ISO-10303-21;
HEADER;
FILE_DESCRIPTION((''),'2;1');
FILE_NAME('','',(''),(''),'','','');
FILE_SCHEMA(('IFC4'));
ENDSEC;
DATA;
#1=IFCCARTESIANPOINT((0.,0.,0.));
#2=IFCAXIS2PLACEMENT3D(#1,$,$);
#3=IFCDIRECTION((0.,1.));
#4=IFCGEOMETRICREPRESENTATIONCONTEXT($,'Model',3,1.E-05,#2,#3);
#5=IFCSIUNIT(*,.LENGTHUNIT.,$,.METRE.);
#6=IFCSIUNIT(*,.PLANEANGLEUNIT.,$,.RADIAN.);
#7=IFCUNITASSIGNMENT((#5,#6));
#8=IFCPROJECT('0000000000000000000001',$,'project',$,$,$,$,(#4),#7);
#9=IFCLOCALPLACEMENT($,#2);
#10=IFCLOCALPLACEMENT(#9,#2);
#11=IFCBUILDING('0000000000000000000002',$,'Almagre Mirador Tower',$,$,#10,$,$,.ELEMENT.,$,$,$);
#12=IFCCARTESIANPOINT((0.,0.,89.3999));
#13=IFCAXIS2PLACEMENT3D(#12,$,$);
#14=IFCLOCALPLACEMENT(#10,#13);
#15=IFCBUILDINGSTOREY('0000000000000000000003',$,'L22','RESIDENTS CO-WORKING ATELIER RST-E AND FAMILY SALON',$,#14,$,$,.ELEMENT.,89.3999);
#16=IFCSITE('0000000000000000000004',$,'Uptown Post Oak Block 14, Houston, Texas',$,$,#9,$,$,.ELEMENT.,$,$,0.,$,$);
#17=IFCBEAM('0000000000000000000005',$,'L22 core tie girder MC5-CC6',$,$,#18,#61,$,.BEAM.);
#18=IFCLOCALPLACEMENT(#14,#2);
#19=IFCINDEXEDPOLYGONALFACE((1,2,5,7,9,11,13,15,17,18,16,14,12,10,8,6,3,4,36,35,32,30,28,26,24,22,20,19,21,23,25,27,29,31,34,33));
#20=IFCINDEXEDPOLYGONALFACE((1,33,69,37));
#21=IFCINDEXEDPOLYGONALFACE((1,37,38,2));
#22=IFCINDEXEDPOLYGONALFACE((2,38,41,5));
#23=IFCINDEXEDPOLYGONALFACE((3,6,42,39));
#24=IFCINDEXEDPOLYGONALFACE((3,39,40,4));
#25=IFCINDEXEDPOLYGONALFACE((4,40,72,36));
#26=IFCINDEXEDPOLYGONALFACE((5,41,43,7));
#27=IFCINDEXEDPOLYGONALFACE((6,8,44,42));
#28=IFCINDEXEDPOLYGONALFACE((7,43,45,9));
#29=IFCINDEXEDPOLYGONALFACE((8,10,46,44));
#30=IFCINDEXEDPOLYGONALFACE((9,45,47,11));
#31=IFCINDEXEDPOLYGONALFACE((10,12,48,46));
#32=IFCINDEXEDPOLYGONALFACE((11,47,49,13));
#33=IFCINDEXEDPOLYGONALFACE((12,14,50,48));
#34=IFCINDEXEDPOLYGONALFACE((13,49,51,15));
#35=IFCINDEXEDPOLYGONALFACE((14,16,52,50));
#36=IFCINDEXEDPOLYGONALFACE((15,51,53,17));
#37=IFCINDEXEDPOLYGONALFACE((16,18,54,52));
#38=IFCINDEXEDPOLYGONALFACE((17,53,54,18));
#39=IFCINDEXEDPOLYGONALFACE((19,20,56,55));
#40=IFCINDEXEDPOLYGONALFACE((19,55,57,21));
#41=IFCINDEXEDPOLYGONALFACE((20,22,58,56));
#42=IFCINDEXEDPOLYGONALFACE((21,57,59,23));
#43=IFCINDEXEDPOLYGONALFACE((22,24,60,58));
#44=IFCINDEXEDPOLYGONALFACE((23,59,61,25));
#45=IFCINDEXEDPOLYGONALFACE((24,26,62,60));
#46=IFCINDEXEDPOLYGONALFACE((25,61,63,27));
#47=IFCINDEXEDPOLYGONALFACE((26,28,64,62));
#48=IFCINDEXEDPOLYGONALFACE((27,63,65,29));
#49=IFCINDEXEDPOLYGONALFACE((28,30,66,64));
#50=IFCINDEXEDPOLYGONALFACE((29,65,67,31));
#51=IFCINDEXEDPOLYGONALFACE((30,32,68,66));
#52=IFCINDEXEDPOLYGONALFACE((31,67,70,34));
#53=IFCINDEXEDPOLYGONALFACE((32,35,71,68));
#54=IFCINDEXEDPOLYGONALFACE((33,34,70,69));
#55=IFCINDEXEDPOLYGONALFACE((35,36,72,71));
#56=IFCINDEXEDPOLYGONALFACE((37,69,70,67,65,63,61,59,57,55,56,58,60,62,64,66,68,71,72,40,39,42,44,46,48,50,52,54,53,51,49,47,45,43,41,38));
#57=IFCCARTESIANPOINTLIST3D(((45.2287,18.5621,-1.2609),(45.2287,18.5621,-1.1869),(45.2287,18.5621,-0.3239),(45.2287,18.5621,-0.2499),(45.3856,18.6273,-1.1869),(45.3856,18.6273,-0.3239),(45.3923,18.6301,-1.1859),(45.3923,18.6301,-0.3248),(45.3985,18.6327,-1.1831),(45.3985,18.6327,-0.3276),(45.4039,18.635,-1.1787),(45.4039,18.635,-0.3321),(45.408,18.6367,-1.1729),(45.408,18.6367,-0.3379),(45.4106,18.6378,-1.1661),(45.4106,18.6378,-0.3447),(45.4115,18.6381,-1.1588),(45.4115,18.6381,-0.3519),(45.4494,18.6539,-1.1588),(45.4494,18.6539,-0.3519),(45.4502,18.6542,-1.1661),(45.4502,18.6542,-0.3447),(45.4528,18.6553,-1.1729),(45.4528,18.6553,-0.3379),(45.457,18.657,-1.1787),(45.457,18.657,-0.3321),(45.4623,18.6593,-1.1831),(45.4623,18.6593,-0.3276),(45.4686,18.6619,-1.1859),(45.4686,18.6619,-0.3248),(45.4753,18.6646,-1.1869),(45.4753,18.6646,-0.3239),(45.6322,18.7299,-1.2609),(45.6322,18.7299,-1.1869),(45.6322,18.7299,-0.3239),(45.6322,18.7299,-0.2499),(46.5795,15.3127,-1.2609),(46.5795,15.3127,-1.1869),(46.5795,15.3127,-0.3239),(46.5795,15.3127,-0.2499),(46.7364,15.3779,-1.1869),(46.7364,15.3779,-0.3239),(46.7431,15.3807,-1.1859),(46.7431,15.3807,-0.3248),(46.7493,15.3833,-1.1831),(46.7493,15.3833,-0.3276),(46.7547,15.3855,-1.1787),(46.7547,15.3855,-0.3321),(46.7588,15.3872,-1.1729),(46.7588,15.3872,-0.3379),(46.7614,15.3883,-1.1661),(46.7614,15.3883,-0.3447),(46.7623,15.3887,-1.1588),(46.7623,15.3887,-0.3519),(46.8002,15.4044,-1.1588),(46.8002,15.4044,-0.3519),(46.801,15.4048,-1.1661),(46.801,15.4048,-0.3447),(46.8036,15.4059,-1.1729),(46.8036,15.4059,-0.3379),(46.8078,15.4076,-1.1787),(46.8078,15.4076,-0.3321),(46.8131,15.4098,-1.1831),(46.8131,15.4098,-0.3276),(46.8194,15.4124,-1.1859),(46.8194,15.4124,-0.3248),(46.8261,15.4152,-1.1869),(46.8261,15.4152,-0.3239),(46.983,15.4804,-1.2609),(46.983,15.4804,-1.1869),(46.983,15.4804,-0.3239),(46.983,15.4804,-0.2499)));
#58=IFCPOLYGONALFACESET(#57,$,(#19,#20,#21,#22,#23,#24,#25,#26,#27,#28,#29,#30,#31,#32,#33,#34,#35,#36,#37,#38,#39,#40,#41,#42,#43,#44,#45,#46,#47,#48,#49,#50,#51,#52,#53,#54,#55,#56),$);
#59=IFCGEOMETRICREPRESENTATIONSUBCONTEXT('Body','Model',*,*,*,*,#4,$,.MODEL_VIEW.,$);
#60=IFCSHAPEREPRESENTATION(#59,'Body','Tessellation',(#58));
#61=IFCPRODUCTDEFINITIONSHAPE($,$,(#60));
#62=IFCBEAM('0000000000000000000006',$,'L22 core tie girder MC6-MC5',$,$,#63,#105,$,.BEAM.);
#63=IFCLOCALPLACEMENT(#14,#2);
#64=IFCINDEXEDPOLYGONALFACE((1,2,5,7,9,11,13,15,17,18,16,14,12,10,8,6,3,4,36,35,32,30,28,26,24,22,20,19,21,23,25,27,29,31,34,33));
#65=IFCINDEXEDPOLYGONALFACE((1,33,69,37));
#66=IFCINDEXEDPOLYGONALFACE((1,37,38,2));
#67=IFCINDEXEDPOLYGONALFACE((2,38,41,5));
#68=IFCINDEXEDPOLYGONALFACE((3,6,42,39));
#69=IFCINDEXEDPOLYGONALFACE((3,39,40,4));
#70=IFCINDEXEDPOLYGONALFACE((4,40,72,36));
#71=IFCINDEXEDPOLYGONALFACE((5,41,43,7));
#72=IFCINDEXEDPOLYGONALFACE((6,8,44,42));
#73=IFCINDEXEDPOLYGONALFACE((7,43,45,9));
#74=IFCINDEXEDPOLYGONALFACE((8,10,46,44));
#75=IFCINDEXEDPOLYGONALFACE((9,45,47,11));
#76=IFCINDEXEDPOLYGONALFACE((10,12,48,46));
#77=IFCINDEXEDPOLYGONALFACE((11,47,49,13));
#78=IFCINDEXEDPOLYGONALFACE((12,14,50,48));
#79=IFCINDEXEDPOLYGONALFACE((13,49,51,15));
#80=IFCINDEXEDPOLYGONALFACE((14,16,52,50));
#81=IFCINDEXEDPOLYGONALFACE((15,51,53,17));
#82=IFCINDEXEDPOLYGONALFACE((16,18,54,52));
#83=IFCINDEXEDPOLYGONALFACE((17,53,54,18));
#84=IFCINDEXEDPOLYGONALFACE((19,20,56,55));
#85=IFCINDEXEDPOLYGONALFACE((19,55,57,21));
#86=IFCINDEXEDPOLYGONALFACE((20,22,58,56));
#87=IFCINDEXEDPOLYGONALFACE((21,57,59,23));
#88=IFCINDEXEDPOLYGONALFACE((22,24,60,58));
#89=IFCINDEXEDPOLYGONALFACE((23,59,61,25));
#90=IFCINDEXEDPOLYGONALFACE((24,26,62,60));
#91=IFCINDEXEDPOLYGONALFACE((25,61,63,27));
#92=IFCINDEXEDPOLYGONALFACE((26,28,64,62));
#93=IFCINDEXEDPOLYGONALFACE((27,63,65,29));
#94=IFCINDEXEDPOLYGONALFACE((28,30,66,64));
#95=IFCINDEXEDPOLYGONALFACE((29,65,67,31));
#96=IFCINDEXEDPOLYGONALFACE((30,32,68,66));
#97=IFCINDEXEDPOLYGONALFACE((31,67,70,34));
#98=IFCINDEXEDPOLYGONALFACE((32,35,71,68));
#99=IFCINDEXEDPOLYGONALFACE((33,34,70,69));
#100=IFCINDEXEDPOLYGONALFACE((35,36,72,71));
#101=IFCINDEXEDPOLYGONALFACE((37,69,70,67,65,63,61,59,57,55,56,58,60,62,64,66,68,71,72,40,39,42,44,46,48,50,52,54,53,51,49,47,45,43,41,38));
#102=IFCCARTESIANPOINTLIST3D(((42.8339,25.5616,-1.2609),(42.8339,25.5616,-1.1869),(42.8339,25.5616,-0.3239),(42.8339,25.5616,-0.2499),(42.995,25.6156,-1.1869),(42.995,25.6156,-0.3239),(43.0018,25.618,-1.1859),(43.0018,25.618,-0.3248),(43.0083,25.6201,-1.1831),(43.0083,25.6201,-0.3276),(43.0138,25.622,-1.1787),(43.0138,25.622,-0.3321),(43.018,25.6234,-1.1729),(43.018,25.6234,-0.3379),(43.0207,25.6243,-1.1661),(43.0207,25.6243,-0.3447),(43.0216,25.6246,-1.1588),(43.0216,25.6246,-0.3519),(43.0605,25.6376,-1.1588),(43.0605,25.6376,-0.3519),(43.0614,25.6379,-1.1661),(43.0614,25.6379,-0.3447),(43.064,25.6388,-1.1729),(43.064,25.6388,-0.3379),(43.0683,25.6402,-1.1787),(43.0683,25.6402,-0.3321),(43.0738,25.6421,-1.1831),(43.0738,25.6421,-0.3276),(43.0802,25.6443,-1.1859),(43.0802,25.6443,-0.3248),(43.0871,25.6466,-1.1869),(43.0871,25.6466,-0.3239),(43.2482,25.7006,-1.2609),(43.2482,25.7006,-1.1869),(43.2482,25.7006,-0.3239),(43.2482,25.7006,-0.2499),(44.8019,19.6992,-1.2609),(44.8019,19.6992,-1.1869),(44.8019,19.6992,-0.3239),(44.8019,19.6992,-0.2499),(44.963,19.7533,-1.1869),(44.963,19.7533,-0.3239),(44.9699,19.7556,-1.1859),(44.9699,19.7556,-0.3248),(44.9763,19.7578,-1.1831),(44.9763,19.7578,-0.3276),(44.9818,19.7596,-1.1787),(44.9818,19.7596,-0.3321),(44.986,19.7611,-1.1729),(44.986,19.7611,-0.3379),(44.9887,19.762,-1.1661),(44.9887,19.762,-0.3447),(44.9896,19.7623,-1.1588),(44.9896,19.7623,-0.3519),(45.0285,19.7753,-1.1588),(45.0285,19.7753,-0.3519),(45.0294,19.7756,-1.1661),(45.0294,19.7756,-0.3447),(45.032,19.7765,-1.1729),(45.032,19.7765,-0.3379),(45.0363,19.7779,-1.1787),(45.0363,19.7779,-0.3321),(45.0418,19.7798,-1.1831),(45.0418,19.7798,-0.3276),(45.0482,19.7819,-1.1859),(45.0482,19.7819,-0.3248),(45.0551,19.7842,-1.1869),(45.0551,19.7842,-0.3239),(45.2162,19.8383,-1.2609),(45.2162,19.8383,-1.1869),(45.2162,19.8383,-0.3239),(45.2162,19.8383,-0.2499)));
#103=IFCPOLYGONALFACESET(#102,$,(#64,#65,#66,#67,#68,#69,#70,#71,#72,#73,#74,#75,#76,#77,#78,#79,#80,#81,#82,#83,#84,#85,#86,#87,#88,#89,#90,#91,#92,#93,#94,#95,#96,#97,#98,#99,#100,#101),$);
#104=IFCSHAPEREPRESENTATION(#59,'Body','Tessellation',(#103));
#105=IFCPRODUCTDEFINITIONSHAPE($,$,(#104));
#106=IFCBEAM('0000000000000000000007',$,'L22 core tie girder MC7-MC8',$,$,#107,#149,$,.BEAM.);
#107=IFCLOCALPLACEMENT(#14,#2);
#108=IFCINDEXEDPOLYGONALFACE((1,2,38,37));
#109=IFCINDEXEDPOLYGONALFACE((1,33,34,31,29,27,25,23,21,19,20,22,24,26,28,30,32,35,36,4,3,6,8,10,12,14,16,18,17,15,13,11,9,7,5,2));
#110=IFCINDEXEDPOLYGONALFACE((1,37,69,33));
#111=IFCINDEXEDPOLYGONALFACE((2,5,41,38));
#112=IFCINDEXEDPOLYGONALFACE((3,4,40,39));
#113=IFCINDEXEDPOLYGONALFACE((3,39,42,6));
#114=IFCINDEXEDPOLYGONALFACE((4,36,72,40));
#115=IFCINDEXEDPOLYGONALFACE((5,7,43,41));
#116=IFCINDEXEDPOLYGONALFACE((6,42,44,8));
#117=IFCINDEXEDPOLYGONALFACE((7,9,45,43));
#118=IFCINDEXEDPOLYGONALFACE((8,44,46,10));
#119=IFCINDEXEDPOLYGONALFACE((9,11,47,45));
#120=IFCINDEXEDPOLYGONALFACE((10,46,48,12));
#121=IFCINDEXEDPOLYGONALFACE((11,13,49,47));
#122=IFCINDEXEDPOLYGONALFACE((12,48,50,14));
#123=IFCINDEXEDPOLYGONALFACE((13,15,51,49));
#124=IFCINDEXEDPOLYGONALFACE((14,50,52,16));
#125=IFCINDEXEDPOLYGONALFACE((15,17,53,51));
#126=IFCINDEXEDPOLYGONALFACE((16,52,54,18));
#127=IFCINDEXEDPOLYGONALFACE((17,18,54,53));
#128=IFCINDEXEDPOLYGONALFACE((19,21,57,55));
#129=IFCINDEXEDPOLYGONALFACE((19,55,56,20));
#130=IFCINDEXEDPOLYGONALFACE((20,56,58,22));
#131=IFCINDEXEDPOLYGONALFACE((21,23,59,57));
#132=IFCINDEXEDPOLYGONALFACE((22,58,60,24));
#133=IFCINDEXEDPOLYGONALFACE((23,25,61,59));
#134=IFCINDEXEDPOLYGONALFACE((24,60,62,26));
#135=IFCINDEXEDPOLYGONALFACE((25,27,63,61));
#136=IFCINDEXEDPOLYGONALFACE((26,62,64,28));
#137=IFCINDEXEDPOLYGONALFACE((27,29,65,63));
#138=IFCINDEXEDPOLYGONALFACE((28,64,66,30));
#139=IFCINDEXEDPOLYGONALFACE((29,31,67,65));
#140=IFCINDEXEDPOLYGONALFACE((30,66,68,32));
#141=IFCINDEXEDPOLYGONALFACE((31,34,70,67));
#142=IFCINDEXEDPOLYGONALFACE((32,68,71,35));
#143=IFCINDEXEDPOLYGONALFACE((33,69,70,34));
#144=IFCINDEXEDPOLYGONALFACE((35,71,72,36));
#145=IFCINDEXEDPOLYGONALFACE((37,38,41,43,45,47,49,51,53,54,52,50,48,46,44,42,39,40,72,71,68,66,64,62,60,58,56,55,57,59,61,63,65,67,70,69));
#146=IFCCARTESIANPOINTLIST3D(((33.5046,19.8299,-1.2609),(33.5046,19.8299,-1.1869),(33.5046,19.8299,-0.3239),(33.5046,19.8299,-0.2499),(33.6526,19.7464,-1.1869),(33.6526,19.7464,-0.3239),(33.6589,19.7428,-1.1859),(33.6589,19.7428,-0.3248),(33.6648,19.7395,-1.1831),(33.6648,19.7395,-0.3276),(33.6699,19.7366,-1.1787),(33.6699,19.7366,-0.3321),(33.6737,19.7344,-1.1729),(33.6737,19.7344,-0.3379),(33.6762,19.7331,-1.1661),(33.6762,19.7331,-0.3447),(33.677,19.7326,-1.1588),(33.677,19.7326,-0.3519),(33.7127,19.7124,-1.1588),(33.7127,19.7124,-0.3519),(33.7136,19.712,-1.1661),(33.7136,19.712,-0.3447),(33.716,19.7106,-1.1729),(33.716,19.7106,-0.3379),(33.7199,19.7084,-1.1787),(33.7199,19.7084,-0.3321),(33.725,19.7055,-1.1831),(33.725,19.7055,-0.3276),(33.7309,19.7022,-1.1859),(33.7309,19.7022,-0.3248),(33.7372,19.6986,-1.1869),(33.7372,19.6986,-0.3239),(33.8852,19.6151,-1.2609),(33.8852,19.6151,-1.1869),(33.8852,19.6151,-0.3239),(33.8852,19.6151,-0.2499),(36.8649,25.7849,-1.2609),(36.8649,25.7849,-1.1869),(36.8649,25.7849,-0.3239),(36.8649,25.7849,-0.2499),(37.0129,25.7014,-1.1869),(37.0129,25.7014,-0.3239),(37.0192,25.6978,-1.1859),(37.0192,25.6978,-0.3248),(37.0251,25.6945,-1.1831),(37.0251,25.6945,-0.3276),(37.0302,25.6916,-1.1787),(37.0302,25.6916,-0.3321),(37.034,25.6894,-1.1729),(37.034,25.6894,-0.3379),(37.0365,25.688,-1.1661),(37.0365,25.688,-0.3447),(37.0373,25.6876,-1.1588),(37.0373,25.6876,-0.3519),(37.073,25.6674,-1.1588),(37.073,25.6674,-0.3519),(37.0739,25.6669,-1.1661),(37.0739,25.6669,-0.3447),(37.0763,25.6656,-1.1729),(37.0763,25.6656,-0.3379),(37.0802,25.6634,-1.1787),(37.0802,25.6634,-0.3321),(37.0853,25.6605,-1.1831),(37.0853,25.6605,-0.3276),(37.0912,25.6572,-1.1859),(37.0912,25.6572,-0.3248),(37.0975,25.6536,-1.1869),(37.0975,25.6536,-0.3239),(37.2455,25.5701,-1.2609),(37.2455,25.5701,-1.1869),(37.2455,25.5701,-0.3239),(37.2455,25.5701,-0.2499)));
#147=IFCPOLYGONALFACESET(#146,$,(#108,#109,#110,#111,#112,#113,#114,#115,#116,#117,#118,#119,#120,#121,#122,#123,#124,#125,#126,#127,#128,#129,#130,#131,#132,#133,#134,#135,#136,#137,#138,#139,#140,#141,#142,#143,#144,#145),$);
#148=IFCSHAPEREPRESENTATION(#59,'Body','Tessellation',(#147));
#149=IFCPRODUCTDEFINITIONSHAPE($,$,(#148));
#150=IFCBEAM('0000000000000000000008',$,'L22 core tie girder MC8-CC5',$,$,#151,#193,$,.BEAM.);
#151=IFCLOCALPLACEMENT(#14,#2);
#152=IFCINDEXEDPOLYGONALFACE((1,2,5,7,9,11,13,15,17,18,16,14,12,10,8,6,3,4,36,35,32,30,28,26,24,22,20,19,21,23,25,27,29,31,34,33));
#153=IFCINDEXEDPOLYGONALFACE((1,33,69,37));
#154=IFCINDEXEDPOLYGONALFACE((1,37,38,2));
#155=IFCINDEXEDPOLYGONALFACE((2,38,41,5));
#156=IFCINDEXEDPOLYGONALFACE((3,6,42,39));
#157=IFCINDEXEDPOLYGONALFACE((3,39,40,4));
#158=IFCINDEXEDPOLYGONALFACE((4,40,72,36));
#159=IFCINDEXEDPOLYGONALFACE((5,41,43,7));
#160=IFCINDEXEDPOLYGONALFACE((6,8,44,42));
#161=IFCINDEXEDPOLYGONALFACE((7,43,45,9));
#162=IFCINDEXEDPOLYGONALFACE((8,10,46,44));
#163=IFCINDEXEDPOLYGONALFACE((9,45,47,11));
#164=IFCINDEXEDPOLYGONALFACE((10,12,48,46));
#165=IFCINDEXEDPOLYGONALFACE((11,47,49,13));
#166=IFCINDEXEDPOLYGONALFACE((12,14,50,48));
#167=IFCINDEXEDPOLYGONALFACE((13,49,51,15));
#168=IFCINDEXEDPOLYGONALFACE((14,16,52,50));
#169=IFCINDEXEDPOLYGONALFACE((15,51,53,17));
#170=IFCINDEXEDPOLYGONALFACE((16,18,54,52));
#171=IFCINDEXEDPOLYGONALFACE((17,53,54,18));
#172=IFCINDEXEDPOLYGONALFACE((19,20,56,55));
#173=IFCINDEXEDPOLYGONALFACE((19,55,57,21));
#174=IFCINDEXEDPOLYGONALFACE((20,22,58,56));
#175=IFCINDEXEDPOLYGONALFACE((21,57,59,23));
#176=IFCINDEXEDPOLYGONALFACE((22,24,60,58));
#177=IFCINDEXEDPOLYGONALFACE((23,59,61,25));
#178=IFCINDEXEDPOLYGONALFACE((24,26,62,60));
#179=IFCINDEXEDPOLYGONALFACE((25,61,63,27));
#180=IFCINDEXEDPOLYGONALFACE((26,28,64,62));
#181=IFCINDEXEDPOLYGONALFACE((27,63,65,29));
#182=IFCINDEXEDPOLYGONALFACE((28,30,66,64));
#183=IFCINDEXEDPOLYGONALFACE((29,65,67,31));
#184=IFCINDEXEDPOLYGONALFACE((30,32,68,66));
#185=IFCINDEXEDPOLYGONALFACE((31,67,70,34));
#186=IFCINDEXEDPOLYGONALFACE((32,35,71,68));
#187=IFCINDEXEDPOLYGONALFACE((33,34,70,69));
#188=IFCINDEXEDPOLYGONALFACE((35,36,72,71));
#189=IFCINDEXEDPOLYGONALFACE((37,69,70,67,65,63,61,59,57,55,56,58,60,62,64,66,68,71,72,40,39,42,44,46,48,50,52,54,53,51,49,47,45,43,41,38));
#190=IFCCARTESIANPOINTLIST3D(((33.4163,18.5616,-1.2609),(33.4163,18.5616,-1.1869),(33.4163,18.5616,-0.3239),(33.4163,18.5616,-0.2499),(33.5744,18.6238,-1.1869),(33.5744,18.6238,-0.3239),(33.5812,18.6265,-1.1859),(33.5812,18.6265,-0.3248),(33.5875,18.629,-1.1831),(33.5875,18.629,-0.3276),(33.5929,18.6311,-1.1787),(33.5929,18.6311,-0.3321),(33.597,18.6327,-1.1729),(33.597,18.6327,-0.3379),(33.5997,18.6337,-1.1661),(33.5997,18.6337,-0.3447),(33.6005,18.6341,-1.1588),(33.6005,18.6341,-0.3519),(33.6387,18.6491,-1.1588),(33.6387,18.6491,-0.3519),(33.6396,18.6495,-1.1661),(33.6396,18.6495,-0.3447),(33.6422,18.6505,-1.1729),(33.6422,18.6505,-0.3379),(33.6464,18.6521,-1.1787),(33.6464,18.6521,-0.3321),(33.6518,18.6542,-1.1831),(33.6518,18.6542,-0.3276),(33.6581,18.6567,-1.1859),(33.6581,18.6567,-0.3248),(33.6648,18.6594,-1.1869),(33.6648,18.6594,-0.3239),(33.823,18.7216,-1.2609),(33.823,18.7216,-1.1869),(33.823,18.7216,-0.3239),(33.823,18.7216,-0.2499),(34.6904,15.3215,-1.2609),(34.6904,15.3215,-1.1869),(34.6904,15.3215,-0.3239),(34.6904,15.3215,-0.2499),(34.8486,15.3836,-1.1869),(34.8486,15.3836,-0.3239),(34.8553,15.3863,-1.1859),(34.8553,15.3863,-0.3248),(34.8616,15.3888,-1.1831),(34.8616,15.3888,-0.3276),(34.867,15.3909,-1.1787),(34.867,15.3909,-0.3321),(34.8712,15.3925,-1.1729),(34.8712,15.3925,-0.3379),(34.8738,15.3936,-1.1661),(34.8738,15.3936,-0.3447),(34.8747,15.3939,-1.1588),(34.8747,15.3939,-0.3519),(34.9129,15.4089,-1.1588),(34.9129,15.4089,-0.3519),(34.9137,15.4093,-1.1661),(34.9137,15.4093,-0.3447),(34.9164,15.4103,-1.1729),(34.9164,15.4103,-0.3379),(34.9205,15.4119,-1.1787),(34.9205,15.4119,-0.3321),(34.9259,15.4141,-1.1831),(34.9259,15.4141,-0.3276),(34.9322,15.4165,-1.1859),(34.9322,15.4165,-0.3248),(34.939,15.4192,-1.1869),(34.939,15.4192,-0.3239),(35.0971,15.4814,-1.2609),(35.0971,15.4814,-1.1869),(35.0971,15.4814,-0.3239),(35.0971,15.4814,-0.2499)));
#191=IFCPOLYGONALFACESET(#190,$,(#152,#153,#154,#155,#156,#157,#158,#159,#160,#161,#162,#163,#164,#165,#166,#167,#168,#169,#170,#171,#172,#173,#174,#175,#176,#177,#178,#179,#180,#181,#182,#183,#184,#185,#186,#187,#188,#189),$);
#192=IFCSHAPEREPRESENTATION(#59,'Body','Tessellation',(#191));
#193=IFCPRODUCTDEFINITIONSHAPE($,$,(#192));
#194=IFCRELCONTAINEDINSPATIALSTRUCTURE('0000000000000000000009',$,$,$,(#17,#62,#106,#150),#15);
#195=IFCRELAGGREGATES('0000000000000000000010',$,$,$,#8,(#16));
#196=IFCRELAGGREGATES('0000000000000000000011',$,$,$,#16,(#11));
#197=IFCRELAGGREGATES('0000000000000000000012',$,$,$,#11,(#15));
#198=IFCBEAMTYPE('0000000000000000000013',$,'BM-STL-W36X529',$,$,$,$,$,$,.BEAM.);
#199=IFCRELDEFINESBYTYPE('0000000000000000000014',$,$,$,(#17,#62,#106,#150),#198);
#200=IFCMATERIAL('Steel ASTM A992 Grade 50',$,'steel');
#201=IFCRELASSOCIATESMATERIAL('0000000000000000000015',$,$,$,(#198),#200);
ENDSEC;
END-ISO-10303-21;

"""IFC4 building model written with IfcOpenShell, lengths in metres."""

from ifc_helpers import new_model, si_unit, direction, frame, origin, origin_2d, place, context, subcontext, project, spatial, i_section, extrude, material, material_profile, profile_set, type_object, element, save


model = new_model("IFC4")

# Units and contexts
model_context = context("Model", 3, precision=1e-05, world=origin(), true_north=direction((0.0, 1.0)))
body_context = subcontext(model_context, "Body", "Model", "MODEL_VIEW")
ifc_project = project(units=[si_unit("LENGTHUNIT", "METRE"), si_unit("PLANEANGLEUNIT", "RADIAN")], contexts=[model_context])

# Site, building, storey
site_placement = place(None, origin())
site = spatial("IfcSite", under=ifc_project, at=site_placement, Name="Uptown Post Oak Block 14, Houston, Texas", CompositionType="ELEMENT", RefElevation=0.0)
building_placement = place(site_placement, origin())
building = spatial("IfcBuilding", under=site, at=building_placement, Name="Almagre Mirador Tower", CompositionType="ELEMENT")
storey_placement = place(building_placement, frame((0.0, 0.0, 89.3999)))
storey = spatial("IfcBuildingStorey", under=building, at=storey_placement, Name="L22", Description="RESIDENTS CO-WORKING ATELIER RST-E AND FAMILY SALON", CompositionType="ELEMENT", Elevation=89.3999)

# Beams
ifc_material_1 = material(Name="Steel ASTM A992 Grade 50", Category="steel")
ifc_material_profile_1 = material_profile(ifc_material_1, i_section(OverallWidth=0.437, OverallDepth=1.011, WebThickness=0.041, FlangeThickness=0.074, FilletRadius=0.0281, at=origin_2d()), Name="W36X529")
ifc_profile_set_1 = profile_set([ifc_material_profile_1], Name="Steel ASTM A992 Grade 50")
beam_type_1 = type_object("IfcBeamType", Name="BM-STL-W36X529", PredefinedType="BEAM", material=ifc_profile_set_1)
beam_1_placement = place(storey_placement, frame((45.4304, 18.646, -0.7554), z_axis=(0.383857, -0.923393, 0.0), x_axis=(0.923393, 0.383857, 0.0)))
element("IfcBeam", 1, at=beam_1_placement, inside=storey, type_object=beam_type_1, Name="L22 core tie girder MC5-CC6", PredefinedType="BEAM", context=body_context, shape_type="SweptSolid", body=[
    extrude(i_section(OverallWidth=0.437, OverallDepth=1.011, WebThickness=0.041, FlangeThickness=0.074, FilletRadius=0.0281, at=origin_2d()), origin(), (0.0, 0.0, 1.0), 3.519),
])
beam_2_placement = place(storey_placement, frame((43.041, 25.6311, -0.7554), z_axis=(0.318252, -0.948006, 0.0), x_axis=(0.948006, 0.318252, 0.0)))
element("IfcBeam", 2, at=beam_2_placement, inside=storey, type_object=beam_type_1, Name="L22 core tie girder MC6-MC5", PredefinedType="BEAM", context=body_context, shape_type="SweptSolid", body=[
    extrude(i_section(OverallWidth=0.437, OverallDepth=1.011, WebThickness=0.041, FlangeThickness=0.074, FilletRadius=0.0281, at=origin_2d()), origin(), (0.0, 0.0, 1.0), 6.1838),
])
beam_3_placement = place(storey_placement, frame((37.0552, 25.6775, -0.7554), z_axis=(-0.491441, -0.870911, 0.0), x_axis=(0.870911, -0.491441, 0.0)))
element("IfcBeam", 3, at=beam_3_placement, inside=storey, type_object=beam_type_1, Name="L22 core tie girder MC7-MC8", PredefinedType="BEAM", context=body_context, shape_type="SweptSolid", body=[
    extrude(i_section(OverallWidth=0.437, OverallDepth=1.011, WebThickness=0.041, FlangeThickness=0.074, FilletRadius=0.0281, at=origin_2d()), origin(), (0.0, 0.0, 1.0), 6.8376),
])
beam_4_placement = place(storey_placement, frame((33.6196, 18.6416, -0.7554), z_axis=(0.365956, -0.930632, 0.0), x_axis=(0.930632, 0.365956, 0.0)))
element("IfcBeam", 4, at=beam_4_placement, inside=storey, type_object=beam_type_1, Name="L22 core tie girder MC8-CC5", PredefinedType="BEAM", context=body_context, shape_type="SweptSolid", body=[
    extrude(i_section(OverallWidth=0.437, OverallDepth=1.011, WebThickness=0.041, FlangeThickness=0.074, FilletRadius=0.0281, at=origin_2d()), origin(), (0.0, 0.0, 1.0), 3.4817),
])

save(model, "model.ifc")
